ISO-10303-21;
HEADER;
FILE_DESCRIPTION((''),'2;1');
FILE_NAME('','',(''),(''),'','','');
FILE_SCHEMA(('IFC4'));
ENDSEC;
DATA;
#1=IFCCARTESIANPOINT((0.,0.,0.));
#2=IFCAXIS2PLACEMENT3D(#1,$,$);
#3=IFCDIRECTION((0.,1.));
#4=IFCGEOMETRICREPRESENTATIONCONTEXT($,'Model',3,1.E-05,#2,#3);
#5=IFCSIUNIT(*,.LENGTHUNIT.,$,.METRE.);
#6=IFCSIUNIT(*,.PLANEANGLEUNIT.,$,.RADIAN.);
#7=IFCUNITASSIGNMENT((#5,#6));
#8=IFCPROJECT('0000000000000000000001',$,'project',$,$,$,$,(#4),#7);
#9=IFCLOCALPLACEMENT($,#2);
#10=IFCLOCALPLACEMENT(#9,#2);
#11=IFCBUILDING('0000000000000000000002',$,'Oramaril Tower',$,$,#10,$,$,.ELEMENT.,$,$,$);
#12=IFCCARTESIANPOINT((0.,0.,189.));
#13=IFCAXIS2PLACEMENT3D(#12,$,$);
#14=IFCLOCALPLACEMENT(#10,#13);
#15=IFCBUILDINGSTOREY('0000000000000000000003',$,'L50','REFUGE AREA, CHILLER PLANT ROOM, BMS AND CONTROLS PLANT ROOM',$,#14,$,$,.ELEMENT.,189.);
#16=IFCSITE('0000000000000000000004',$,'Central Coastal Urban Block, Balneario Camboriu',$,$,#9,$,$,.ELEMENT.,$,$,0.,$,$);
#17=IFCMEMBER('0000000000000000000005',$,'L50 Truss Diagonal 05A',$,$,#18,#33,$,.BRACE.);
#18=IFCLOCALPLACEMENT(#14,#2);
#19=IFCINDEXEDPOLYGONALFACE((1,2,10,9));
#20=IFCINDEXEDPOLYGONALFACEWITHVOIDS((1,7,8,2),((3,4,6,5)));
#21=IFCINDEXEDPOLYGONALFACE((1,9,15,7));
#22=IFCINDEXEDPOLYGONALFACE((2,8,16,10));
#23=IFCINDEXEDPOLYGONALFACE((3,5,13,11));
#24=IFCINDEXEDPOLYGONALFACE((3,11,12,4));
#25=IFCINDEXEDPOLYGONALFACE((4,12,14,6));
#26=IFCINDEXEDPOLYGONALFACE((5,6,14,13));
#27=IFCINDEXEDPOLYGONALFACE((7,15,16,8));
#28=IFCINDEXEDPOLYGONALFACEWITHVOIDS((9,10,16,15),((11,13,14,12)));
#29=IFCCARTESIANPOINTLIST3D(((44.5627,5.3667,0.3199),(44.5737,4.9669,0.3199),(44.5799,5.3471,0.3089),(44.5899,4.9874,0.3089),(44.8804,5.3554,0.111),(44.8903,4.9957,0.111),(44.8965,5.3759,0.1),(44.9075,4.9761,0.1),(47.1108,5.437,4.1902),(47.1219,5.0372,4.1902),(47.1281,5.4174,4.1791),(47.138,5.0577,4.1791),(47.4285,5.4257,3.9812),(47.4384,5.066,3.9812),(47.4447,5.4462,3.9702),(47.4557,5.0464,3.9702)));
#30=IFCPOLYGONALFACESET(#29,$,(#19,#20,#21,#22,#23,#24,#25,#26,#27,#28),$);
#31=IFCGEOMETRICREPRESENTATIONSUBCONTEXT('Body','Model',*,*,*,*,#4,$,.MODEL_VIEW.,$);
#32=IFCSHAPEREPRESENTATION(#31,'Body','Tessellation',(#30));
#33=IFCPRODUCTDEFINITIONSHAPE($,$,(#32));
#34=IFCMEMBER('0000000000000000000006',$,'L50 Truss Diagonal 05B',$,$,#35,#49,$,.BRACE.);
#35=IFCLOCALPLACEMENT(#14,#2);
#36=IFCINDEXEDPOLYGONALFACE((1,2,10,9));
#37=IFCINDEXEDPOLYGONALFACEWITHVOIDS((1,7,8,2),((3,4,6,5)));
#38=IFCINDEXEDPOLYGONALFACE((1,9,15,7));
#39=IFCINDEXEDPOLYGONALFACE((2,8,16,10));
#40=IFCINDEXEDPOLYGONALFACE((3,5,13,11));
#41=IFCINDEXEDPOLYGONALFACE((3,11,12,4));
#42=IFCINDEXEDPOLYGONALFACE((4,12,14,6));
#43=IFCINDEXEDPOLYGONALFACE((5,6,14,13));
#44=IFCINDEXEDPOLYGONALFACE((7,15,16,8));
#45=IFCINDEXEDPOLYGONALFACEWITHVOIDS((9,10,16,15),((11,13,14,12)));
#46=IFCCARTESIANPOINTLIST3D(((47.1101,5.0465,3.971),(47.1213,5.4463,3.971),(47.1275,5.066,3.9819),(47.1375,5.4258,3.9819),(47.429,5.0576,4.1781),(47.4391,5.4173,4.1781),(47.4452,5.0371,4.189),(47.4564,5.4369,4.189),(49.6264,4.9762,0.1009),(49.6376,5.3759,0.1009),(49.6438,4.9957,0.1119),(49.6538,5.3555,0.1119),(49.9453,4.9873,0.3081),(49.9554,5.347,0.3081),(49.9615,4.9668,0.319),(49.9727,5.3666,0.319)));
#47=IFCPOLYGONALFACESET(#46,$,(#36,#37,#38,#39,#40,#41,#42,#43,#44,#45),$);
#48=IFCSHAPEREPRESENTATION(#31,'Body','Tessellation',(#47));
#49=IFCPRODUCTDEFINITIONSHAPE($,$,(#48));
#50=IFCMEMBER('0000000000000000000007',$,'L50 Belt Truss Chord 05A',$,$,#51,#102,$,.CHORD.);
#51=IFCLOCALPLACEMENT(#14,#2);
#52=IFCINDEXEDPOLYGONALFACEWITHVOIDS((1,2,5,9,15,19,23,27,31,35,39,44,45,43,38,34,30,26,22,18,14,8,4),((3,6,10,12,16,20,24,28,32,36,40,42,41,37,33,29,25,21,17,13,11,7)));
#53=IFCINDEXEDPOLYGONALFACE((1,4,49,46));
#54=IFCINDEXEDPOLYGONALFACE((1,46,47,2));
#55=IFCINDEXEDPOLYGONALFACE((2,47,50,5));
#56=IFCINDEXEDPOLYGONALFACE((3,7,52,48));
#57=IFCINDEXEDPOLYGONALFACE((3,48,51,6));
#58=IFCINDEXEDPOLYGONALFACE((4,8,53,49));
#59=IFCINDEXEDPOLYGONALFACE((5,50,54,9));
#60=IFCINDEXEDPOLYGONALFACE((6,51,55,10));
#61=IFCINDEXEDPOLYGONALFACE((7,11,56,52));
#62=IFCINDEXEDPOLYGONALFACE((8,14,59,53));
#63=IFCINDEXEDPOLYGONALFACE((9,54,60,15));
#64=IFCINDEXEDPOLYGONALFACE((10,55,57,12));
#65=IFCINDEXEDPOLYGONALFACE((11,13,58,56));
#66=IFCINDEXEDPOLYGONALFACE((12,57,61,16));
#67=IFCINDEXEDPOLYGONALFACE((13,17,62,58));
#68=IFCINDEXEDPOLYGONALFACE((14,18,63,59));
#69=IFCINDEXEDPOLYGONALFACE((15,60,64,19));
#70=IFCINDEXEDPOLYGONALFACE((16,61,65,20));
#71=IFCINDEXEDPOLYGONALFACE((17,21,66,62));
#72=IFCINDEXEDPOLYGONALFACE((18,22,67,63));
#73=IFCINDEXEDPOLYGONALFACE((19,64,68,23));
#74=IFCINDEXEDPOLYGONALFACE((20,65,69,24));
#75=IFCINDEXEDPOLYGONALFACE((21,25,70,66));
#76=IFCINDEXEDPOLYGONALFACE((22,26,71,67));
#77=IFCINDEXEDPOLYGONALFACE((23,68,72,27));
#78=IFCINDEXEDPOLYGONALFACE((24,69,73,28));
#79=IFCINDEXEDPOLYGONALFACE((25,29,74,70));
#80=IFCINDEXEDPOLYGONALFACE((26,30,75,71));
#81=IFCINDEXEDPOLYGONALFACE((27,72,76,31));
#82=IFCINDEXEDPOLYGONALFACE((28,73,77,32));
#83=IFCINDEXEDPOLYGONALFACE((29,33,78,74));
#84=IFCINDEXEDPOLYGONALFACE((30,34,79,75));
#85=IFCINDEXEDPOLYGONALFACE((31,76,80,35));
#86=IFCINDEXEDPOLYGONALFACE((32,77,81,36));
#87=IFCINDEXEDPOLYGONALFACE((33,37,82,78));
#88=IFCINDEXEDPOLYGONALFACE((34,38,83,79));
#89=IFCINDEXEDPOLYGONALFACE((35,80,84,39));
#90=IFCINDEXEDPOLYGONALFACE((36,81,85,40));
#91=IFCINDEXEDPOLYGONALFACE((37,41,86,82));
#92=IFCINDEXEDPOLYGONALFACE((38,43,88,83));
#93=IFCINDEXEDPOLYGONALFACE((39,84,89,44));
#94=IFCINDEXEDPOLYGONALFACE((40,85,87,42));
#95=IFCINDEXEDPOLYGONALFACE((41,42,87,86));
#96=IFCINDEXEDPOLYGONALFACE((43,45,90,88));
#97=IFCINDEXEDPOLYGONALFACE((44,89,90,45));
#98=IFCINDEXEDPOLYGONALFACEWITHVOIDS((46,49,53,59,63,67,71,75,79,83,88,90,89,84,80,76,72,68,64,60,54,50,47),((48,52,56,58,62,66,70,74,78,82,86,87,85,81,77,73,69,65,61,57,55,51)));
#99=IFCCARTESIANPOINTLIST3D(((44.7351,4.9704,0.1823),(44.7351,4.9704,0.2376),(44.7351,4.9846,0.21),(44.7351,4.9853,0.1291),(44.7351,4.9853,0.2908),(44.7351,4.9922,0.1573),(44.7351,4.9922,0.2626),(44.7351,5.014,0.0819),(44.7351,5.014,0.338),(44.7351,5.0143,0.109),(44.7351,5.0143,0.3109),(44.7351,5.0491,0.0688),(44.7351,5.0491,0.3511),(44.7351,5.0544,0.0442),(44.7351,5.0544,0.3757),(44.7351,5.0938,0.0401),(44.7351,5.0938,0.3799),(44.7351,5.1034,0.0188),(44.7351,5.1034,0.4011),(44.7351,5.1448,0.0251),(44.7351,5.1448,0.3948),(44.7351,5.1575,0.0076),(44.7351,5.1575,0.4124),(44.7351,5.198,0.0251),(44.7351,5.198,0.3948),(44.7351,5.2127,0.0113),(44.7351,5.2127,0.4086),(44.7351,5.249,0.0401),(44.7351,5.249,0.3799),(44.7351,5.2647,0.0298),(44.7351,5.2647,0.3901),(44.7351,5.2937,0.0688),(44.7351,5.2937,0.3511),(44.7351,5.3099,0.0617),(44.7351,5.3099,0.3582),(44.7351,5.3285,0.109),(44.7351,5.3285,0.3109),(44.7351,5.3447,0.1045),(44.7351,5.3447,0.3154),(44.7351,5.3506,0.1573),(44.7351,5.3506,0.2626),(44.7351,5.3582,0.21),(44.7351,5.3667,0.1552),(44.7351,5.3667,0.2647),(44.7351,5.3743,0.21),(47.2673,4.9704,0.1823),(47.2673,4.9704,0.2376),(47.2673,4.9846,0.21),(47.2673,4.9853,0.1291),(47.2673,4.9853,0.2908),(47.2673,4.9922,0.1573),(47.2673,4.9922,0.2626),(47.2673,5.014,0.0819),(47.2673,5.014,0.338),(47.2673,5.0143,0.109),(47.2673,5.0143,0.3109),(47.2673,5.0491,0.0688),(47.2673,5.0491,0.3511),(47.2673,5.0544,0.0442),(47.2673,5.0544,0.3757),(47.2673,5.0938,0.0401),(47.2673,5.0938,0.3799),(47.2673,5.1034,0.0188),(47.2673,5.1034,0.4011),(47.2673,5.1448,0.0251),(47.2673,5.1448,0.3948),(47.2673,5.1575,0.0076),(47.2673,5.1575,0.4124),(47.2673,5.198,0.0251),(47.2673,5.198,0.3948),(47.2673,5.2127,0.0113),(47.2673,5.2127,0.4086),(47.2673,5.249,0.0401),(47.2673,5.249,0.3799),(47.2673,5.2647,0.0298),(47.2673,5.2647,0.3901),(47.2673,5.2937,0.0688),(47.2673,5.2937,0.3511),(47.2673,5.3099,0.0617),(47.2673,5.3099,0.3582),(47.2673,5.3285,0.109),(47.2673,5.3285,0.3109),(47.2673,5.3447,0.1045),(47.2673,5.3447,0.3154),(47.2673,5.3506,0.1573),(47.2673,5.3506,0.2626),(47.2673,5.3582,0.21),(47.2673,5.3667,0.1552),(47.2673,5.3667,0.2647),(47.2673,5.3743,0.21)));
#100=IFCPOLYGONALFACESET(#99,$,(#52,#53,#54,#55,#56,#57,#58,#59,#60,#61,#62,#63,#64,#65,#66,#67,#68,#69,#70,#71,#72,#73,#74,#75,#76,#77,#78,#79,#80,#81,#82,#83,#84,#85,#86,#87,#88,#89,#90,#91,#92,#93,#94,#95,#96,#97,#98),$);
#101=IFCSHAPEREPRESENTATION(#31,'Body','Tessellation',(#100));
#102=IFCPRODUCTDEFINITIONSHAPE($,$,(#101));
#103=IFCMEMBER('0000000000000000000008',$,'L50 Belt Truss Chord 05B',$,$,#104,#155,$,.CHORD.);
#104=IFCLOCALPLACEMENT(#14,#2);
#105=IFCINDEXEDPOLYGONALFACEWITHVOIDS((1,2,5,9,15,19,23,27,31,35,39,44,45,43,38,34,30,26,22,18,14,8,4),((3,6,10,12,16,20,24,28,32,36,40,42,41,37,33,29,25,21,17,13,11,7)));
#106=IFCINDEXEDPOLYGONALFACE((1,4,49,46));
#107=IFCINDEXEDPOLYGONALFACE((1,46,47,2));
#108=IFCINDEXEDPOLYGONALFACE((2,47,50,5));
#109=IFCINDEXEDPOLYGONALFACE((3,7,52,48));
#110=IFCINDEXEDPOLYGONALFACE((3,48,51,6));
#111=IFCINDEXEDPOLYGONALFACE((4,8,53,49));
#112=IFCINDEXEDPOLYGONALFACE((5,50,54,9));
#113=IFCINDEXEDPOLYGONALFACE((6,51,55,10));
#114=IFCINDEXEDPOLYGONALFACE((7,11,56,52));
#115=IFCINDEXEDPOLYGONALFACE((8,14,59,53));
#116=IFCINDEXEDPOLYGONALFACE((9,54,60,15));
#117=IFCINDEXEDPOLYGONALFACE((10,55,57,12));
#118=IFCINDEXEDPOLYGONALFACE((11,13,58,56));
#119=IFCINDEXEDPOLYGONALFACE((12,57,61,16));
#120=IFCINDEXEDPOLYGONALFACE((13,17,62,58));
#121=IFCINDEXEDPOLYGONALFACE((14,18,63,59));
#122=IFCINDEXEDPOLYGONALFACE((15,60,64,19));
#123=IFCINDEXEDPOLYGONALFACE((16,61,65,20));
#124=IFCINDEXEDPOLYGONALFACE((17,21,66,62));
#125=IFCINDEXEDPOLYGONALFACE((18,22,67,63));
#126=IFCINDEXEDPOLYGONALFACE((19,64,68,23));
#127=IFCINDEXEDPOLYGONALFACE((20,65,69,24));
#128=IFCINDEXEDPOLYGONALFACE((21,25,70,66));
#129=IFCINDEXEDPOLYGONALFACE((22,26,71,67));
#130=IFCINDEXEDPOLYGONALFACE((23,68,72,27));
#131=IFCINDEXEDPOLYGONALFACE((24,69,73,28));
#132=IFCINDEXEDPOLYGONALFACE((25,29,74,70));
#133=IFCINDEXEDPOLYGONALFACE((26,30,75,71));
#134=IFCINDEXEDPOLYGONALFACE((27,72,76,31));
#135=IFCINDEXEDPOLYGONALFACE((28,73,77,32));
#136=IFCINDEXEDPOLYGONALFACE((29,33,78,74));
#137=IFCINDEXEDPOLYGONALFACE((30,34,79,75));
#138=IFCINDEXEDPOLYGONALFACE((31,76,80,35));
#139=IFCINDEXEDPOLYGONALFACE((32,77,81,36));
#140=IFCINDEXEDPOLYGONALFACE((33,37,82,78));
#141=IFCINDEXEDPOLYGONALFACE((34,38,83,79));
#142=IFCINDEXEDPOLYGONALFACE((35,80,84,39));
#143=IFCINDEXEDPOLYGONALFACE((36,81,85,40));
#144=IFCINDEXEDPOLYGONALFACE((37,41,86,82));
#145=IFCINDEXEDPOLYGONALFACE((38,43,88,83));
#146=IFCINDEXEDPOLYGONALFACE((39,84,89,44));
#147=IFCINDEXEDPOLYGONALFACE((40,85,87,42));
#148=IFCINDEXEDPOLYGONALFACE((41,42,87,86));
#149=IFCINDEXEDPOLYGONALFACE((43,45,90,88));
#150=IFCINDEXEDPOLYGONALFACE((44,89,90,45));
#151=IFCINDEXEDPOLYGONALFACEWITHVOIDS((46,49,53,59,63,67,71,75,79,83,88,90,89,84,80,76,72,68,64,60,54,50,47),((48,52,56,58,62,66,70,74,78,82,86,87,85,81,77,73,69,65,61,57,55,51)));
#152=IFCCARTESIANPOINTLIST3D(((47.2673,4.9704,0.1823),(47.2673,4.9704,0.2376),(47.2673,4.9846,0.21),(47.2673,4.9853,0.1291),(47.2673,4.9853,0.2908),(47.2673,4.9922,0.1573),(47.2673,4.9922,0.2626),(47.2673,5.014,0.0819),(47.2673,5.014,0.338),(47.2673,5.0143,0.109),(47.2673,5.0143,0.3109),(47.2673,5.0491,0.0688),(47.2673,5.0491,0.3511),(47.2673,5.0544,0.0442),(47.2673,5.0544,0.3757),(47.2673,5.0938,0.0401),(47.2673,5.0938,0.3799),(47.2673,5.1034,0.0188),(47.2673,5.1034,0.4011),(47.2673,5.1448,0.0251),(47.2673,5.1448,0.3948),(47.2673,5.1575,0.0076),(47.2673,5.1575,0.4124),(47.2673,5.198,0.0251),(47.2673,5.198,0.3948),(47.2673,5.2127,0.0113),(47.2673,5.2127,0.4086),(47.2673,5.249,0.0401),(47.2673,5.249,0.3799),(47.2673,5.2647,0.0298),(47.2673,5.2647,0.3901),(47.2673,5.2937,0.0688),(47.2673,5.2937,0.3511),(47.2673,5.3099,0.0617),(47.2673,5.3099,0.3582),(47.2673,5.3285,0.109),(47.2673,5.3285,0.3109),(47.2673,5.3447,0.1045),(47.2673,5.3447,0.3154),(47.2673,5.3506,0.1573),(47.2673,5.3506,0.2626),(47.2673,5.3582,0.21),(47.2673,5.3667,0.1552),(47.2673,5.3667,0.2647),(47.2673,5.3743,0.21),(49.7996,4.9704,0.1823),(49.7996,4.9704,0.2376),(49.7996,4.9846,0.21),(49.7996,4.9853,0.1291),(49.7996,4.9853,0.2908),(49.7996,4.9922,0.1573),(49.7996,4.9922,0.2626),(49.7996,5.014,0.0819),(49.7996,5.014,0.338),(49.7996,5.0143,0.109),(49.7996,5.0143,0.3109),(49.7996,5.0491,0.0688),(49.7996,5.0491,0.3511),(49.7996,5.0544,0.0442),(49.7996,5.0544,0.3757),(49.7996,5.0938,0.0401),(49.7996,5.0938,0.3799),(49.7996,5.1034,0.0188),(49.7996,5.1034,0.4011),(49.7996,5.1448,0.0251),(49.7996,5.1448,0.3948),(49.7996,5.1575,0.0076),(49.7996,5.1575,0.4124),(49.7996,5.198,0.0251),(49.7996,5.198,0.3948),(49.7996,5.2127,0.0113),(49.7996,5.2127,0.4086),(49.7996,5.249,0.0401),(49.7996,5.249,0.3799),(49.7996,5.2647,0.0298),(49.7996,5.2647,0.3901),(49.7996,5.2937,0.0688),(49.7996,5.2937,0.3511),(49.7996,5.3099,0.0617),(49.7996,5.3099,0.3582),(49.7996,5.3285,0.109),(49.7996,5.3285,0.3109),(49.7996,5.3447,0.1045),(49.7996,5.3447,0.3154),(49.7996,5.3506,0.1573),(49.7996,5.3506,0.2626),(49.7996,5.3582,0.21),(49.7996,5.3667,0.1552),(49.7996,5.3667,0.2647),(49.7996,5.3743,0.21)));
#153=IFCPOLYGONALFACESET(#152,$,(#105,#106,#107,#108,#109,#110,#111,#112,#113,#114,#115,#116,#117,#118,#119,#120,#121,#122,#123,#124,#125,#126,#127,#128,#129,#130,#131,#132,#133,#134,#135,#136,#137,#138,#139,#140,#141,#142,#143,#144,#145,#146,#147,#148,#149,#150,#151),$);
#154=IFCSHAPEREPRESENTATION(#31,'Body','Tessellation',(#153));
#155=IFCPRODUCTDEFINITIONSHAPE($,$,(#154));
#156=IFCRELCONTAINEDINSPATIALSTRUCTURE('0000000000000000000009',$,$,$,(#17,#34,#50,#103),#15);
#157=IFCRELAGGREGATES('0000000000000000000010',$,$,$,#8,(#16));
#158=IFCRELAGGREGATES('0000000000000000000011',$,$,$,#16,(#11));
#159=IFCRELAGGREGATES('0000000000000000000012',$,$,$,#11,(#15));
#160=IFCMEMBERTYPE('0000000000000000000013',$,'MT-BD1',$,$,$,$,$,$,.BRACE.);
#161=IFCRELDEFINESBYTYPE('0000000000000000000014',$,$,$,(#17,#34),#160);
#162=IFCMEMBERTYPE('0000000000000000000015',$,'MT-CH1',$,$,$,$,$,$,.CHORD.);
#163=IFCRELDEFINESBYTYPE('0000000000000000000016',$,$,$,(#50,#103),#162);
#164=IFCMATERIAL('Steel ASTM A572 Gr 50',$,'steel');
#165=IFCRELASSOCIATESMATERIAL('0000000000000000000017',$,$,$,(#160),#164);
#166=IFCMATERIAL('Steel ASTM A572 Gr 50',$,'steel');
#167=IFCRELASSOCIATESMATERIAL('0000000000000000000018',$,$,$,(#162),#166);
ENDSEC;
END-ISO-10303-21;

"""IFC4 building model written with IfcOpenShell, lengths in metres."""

from ifc_helpers import new_model, si_unit, direction, frame, origin, origin_2d, place, context, subcontext, project, spatial, hollow_rectangle, hollow_circle, extrude, material, material_profile, profile_set, type_object, element, save


model = new_model("IFC4")

# Units and contexts
model_context = context("Model", 3, precision=1e-05, world=origin(), true_north=direction((0.0, 1.0)))
body_context = subcontext(model_context, "Body", "Model", "MODEL_VIEW")
ifc_project = project(units=[si_unit("LENGTHUNIT", "METRE"), si_unit("PLANEANGLEUNIT", "RADIAN")], contexts=[model_context])

# Site, building, storey
site_placement = place(None, origin())
site = spatial("IfcSite", under=ifc_project, at=site_placement, Name="Central Coastal Urban Block, Balneario Camboriu", CompositionType="ELEMENT", RefElevation=0.0)
building_placement = place(site_placement, origin())
building = spatial("IfcBuilding", under=site, at=building_placement, Name="Oramaril Tower", CompositionType="ELEMENT")
storey_placement = place(building_placement, frame((0.0, 0.0, 189.0)))
storey = spatial("IfcBuildingStorey", under=building, at=storey_placement, Name="L50", Description="REFUGE AREA, CHILLER PLANT ROOM, BMS AND CONTROLS PLANT ROOM", CompositionType="ELEMENT", Elevation=189.0)

# Members
ifc_material_1 = material(Name="Steel ASTM A572 Gr 50", Category="steel")
ifc_material_profile_1 = material_profile(ifc_material_1, hollow_rectangle(XDim=0.3999, YDim=0.3999, WallThickness=0.02, at=origin_2d()), Name="HSS400X400X20")
ifc_profile_set_1 = profile_set([ifc_material_profile_1], Name="Steel ASTM A572 Gr 50")
member_type_1 = type_object("IfcMemberType", Name="MT-BD1", PredefinedType="BRACE", material=ifc_profile_set_1)
member_1_placement = place(storey_placement, frame((44.7351, 5.1714, 0.21), z_axis=(0.549849, 0.015173, 0.835126), x_axis=(-0.027584, 0.999619, 0.0)))
element("IfcMember", 1, at=member_1_placement, inside=storey, type_object=member_type_1, Name="L50 Truss Diagonal 05A", PredefinedType="BRACE", context=body_context, shape_type="SweptSolid", body=[
    extrude(hollow_rectangle(XDim=0.3999, YDim=0.3999, WallThickness=0.02, at=origin_2d()), origin(), (0.0, 0.0, 1.0), 4.6343),
])
member_2_placement = place(storey_placement, frame((49.7996, 5.1714, 0.21), z_axis=(-0.545044, 0.01523, 0.838269), x_axis=(-0.027931, -0.99961, 0.0)))
element("IfcMember", 2, at=member_2_placement, inside=storey, type_object=member_type_1, Name="L50 Truss Diagonal 05B", PredefinedType="BRACE", context=body_context, shape_type="SweptSolid", body=[
    extrude(hollow_rectangle(XDim=0.3999, YDim=0.3999, WallThickness=0.02, at=origin_2d()), origin(), (0.0, 0.0, 1.0), 4.6167),
])
ifc_material_2 = material(Name="Steel ASTM A572 Gr 50", Category="steel")
ifc_material_profile_2 = material_profile(ifc_material_2, hollow_circle(Radius=0.2029, WallThickness=0.0161, at=origin_2d()), Name="CHS406X16")
ifc_profile_set_2 = profile_set([ifc_material_profile_2], Name="Steel ASTM A572 Gr 50")
member_type_2 = type_object("IfcMemberType", Name="MT-CH1", PredefinedType="CHORD", material=ifc_profile_set_2)
for number, where, z_axis, x_axis, name in (
    (3, (44.7351, 5.1714, 0.21), (1.0, 0.0, 0.0), (0.0, 1.0, 0.0), "L50 Belt Truss Chord 05A"),
    (4, (47.2673, 5.1714, 0.21), (1.0, 0.0, 0.0), (0.0, 1.0, 0.0), "L50 Belt Truss Chord 05B"),
):
    element("IfcMember", number, at=place(storey_placement, frame(where, z_axis=z_axis, x_axis=x_axis)), inside=storey, type_object=member_type_2, Name=name, PredefinedType="CHORD", context=body_context, shape_type="SweptSolid", body=[
        extrude(hollow_circle(Radius=0.2029, WallThickness=0.0161, at=origin_2d()), origin(), (0.0, 0.0, 1.0), 2.5322),
    ])

save(model, "model.ifc")
